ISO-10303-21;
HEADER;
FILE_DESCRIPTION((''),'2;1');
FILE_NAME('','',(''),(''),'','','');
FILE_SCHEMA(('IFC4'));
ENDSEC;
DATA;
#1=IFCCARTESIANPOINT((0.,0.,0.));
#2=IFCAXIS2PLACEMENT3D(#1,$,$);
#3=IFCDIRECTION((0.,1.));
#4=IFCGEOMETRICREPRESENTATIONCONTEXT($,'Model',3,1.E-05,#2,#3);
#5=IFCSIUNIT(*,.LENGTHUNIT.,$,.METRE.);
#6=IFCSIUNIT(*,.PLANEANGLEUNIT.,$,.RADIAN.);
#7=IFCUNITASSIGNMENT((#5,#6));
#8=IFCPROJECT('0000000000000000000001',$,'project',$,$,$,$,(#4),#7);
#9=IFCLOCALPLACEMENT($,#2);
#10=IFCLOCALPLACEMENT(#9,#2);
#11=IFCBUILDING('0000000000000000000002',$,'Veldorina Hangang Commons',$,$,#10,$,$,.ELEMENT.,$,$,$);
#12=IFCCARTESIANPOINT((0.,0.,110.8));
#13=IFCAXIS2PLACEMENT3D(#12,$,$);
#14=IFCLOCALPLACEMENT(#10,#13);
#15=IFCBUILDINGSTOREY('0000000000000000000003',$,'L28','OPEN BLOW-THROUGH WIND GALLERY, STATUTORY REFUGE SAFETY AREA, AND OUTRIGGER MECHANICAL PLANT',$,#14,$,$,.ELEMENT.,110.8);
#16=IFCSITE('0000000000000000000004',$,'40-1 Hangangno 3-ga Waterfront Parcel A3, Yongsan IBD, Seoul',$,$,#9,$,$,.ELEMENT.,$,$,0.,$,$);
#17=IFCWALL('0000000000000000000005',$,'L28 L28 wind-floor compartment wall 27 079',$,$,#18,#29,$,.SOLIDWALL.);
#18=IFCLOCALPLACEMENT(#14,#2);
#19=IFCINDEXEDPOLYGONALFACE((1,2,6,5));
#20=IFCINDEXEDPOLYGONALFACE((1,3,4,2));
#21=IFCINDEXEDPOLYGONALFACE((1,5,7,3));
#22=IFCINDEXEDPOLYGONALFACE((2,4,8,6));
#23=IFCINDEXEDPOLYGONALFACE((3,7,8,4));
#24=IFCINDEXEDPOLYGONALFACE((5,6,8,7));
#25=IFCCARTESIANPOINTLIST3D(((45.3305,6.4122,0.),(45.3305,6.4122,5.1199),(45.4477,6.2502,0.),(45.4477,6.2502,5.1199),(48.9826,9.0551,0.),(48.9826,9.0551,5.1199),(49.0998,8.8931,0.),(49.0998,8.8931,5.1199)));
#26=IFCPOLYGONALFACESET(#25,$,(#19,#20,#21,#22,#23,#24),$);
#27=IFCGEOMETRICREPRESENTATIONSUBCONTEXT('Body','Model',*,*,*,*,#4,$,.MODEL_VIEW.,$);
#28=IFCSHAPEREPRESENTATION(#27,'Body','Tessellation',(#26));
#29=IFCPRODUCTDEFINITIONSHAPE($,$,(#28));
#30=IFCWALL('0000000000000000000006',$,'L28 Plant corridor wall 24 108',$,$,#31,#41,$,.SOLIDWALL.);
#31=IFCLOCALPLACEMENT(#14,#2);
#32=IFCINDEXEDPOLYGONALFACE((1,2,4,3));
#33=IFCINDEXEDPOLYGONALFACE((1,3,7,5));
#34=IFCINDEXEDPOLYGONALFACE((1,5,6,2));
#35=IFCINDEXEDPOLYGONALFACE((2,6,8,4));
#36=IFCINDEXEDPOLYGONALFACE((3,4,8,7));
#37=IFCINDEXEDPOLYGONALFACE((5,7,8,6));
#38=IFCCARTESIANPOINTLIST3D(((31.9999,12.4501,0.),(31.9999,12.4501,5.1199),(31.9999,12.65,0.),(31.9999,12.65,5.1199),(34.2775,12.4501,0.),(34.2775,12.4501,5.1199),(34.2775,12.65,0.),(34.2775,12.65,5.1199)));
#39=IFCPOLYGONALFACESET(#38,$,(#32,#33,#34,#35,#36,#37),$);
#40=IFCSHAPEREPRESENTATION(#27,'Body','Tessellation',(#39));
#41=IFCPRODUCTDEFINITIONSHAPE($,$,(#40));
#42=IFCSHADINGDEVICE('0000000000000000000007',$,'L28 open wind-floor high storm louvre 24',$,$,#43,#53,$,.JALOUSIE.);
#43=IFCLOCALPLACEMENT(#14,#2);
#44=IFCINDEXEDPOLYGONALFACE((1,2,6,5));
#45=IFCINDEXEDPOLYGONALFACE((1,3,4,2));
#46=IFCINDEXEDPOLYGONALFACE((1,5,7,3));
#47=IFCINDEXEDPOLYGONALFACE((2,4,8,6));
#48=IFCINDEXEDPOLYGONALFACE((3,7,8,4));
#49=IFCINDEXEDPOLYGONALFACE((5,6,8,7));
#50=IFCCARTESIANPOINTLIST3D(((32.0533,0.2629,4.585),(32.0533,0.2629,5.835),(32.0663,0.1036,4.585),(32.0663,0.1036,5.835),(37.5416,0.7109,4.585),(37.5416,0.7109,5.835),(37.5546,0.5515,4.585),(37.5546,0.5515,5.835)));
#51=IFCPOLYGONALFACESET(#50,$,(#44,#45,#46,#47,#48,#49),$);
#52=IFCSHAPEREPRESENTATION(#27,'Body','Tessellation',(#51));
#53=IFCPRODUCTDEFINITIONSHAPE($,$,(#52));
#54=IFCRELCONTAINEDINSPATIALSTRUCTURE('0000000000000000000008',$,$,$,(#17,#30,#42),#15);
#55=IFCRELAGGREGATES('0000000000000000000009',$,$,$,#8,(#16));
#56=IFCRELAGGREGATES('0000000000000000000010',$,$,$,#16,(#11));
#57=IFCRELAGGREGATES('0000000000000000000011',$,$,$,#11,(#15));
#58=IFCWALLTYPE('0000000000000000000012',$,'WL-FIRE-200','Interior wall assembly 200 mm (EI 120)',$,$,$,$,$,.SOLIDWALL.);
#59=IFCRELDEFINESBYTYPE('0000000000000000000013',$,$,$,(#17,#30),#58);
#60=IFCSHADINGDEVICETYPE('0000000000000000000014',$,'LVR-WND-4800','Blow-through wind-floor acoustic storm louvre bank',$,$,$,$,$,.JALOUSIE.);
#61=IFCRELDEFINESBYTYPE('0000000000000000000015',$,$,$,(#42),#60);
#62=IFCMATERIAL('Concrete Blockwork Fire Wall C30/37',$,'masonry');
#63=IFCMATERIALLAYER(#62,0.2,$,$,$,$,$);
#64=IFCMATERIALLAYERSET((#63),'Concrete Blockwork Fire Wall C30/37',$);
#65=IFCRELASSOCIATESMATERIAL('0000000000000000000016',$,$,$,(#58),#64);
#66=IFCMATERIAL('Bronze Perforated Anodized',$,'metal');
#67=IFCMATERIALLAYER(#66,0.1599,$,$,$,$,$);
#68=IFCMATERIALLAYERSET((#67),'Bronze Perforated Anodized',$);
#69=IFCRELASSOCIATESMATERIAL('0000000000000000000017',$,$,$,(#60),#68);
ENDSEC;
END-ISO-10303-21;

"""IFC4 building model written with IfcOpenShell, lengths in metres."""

from ifc_helpers import new_model, si_unit, direction, frame, frame_2d, origin, origin_2d, place, context, subcontext, project, spatial, rectangle, extrude, material, layer, layer_set, type_object, element, save


model = new_model("IFC4")

# Units and contexts
model_context = context("Model", 3, precision=1e-05, world=origin(), true_north=direction((0.0, 1.0)))
body_context = subcontext(model_context, "Body", "Model", "MODEL_VIEW")
ifc_project = project(units=[si_unit("LENGTHUNIT", "METRE"), si_unit("PLANEANGLEUNIT", "RADIAN")], contexts=[model_context])

# Site, building, storey
site_placement = place(None, origin())
site = spatial("IfcSite", under=ifc_project, at=site_placement, Name="40-1 Hangangno 3-ga Waterfront Parcel A3, Yongsan IBD, Seoul", CompositionType="ELEMENT", RefElevation=0.0)
building_placement = place(site_placement, origin())
building = spatial("IfcBuilding", under=site, at=building_placement, Name="Veldorina Hangang Commons", CompositionType="ELEMENT")
storey_placement = place(building_placement, frame((0.0, 0.0, 110.8)))
storey = spatial("IfcBuildingStorey", under=building, at=storey_placement, Name="L28", Description="OPEN BLOW-THROUGH WIND GALLERY, STATUTORY REFUGE SAFETY AREA, AND OUTRIGGER MECHANICAL PLANT", CompositionType="ELEMENT", Elevation=110.8)

# Shared definitions
ifc_material_1 = material(Name="Concrete Blockwork Fire Wall C30/37", Category="masonry")
ifc_layer_1 = layer(ifc_material_1, 0.2)
ifc_layer_set_1 = layer_set([ifc_layer_1], Name="Concrete Blockwork Fire Wall C30/37")
wall_type = type_object("IfcWallType", Name="WL-FIRE-200", Description="Interior wall assembly 200 mm (EI 120)", PredefinedType="SOLIDWALL", material=ifc_layer_set_1)

# Walls
wall_1_placement = place(storey_placement, frame((45.3892, 6.3313, 0.0), z_axis=(0.0, 0.0, 1.0), x_axis=(0.810132, 0.586248, 0.0)))
element("IfcWall", 1, at=wall_1_placement, inside=storey, type_object=wall_type, Name="L28 L28 wind-floor compartment wall 27 079", PredefinedType="SOLIDWALL", context=body_context, shape_type="SweptSolid", body=[
    extrude(rectangle(XDim=4.5081, YDim=0.2, at=frame_2d((2.2539, 0.0))), origin(), (0.0, 0.0, 1.0), 5.1199),
])
wall_2_placement = place(storey_placement, frame((32.0, 12.55, 0.0), z_axis=(0.0, 0.0, 1.0), x_axis=(1.0, 0.0, 0.0)))
element("IfcWall", 2, at=wall_2_placement, inside=storey, type_object=wall_type, Name="L28 Plant corridor wall 24 108", PredefinedType="SOLIDWALL", context=body_context, shape_type="SweptSolid", body=[
    extrude(rectangle(XDim=2.2776, YDim=0.2, at=frame_2d((1.1387, 0.0))), origin(), (0.0, 0.0, 1.0), 5.1199),
])

# Shading device
ifc_material_2 = material(Name="Bronze Perforated Anodized", Category="metal")
ifc_layer_2 = layer(ifc_material_2, 0.1599)
ifc_layer_set_2 = layer_set([ifc_layer_2], Name="Bronze Perforated Anodized")
shading_device_type = type_object("IfcShadingDeviceType", Name="LVR-WND-4800", Description="Blow-through wind-floor acoustic storm louvre bank", PredefinedType="JALOUSIE", material=ifc_layer_set_2)
shading_device_placement = place(storey_placement, frame((34.804, 0.4072, 4.585), z_axis=(0.0, 0.0, 1.0), x_axis=(0.996686, 0.081347, 0.0)))
element("IfcShadingDevice", 3, at=shading_device_placement, inside=storey, type_object=shading_device_type, Name="L28 open wind-floor high storm louvre 24", PredefinedType="JALOUSIE", context=body_context, shape_type="SweptSolid", body=[
    extrude(rectangle(XDim=5.5066, YDim=0.1599, at=origin_2d()), origin(), (0.0, 0.0, 1.0), 1.25),
])

save(model, "model.ifc")
